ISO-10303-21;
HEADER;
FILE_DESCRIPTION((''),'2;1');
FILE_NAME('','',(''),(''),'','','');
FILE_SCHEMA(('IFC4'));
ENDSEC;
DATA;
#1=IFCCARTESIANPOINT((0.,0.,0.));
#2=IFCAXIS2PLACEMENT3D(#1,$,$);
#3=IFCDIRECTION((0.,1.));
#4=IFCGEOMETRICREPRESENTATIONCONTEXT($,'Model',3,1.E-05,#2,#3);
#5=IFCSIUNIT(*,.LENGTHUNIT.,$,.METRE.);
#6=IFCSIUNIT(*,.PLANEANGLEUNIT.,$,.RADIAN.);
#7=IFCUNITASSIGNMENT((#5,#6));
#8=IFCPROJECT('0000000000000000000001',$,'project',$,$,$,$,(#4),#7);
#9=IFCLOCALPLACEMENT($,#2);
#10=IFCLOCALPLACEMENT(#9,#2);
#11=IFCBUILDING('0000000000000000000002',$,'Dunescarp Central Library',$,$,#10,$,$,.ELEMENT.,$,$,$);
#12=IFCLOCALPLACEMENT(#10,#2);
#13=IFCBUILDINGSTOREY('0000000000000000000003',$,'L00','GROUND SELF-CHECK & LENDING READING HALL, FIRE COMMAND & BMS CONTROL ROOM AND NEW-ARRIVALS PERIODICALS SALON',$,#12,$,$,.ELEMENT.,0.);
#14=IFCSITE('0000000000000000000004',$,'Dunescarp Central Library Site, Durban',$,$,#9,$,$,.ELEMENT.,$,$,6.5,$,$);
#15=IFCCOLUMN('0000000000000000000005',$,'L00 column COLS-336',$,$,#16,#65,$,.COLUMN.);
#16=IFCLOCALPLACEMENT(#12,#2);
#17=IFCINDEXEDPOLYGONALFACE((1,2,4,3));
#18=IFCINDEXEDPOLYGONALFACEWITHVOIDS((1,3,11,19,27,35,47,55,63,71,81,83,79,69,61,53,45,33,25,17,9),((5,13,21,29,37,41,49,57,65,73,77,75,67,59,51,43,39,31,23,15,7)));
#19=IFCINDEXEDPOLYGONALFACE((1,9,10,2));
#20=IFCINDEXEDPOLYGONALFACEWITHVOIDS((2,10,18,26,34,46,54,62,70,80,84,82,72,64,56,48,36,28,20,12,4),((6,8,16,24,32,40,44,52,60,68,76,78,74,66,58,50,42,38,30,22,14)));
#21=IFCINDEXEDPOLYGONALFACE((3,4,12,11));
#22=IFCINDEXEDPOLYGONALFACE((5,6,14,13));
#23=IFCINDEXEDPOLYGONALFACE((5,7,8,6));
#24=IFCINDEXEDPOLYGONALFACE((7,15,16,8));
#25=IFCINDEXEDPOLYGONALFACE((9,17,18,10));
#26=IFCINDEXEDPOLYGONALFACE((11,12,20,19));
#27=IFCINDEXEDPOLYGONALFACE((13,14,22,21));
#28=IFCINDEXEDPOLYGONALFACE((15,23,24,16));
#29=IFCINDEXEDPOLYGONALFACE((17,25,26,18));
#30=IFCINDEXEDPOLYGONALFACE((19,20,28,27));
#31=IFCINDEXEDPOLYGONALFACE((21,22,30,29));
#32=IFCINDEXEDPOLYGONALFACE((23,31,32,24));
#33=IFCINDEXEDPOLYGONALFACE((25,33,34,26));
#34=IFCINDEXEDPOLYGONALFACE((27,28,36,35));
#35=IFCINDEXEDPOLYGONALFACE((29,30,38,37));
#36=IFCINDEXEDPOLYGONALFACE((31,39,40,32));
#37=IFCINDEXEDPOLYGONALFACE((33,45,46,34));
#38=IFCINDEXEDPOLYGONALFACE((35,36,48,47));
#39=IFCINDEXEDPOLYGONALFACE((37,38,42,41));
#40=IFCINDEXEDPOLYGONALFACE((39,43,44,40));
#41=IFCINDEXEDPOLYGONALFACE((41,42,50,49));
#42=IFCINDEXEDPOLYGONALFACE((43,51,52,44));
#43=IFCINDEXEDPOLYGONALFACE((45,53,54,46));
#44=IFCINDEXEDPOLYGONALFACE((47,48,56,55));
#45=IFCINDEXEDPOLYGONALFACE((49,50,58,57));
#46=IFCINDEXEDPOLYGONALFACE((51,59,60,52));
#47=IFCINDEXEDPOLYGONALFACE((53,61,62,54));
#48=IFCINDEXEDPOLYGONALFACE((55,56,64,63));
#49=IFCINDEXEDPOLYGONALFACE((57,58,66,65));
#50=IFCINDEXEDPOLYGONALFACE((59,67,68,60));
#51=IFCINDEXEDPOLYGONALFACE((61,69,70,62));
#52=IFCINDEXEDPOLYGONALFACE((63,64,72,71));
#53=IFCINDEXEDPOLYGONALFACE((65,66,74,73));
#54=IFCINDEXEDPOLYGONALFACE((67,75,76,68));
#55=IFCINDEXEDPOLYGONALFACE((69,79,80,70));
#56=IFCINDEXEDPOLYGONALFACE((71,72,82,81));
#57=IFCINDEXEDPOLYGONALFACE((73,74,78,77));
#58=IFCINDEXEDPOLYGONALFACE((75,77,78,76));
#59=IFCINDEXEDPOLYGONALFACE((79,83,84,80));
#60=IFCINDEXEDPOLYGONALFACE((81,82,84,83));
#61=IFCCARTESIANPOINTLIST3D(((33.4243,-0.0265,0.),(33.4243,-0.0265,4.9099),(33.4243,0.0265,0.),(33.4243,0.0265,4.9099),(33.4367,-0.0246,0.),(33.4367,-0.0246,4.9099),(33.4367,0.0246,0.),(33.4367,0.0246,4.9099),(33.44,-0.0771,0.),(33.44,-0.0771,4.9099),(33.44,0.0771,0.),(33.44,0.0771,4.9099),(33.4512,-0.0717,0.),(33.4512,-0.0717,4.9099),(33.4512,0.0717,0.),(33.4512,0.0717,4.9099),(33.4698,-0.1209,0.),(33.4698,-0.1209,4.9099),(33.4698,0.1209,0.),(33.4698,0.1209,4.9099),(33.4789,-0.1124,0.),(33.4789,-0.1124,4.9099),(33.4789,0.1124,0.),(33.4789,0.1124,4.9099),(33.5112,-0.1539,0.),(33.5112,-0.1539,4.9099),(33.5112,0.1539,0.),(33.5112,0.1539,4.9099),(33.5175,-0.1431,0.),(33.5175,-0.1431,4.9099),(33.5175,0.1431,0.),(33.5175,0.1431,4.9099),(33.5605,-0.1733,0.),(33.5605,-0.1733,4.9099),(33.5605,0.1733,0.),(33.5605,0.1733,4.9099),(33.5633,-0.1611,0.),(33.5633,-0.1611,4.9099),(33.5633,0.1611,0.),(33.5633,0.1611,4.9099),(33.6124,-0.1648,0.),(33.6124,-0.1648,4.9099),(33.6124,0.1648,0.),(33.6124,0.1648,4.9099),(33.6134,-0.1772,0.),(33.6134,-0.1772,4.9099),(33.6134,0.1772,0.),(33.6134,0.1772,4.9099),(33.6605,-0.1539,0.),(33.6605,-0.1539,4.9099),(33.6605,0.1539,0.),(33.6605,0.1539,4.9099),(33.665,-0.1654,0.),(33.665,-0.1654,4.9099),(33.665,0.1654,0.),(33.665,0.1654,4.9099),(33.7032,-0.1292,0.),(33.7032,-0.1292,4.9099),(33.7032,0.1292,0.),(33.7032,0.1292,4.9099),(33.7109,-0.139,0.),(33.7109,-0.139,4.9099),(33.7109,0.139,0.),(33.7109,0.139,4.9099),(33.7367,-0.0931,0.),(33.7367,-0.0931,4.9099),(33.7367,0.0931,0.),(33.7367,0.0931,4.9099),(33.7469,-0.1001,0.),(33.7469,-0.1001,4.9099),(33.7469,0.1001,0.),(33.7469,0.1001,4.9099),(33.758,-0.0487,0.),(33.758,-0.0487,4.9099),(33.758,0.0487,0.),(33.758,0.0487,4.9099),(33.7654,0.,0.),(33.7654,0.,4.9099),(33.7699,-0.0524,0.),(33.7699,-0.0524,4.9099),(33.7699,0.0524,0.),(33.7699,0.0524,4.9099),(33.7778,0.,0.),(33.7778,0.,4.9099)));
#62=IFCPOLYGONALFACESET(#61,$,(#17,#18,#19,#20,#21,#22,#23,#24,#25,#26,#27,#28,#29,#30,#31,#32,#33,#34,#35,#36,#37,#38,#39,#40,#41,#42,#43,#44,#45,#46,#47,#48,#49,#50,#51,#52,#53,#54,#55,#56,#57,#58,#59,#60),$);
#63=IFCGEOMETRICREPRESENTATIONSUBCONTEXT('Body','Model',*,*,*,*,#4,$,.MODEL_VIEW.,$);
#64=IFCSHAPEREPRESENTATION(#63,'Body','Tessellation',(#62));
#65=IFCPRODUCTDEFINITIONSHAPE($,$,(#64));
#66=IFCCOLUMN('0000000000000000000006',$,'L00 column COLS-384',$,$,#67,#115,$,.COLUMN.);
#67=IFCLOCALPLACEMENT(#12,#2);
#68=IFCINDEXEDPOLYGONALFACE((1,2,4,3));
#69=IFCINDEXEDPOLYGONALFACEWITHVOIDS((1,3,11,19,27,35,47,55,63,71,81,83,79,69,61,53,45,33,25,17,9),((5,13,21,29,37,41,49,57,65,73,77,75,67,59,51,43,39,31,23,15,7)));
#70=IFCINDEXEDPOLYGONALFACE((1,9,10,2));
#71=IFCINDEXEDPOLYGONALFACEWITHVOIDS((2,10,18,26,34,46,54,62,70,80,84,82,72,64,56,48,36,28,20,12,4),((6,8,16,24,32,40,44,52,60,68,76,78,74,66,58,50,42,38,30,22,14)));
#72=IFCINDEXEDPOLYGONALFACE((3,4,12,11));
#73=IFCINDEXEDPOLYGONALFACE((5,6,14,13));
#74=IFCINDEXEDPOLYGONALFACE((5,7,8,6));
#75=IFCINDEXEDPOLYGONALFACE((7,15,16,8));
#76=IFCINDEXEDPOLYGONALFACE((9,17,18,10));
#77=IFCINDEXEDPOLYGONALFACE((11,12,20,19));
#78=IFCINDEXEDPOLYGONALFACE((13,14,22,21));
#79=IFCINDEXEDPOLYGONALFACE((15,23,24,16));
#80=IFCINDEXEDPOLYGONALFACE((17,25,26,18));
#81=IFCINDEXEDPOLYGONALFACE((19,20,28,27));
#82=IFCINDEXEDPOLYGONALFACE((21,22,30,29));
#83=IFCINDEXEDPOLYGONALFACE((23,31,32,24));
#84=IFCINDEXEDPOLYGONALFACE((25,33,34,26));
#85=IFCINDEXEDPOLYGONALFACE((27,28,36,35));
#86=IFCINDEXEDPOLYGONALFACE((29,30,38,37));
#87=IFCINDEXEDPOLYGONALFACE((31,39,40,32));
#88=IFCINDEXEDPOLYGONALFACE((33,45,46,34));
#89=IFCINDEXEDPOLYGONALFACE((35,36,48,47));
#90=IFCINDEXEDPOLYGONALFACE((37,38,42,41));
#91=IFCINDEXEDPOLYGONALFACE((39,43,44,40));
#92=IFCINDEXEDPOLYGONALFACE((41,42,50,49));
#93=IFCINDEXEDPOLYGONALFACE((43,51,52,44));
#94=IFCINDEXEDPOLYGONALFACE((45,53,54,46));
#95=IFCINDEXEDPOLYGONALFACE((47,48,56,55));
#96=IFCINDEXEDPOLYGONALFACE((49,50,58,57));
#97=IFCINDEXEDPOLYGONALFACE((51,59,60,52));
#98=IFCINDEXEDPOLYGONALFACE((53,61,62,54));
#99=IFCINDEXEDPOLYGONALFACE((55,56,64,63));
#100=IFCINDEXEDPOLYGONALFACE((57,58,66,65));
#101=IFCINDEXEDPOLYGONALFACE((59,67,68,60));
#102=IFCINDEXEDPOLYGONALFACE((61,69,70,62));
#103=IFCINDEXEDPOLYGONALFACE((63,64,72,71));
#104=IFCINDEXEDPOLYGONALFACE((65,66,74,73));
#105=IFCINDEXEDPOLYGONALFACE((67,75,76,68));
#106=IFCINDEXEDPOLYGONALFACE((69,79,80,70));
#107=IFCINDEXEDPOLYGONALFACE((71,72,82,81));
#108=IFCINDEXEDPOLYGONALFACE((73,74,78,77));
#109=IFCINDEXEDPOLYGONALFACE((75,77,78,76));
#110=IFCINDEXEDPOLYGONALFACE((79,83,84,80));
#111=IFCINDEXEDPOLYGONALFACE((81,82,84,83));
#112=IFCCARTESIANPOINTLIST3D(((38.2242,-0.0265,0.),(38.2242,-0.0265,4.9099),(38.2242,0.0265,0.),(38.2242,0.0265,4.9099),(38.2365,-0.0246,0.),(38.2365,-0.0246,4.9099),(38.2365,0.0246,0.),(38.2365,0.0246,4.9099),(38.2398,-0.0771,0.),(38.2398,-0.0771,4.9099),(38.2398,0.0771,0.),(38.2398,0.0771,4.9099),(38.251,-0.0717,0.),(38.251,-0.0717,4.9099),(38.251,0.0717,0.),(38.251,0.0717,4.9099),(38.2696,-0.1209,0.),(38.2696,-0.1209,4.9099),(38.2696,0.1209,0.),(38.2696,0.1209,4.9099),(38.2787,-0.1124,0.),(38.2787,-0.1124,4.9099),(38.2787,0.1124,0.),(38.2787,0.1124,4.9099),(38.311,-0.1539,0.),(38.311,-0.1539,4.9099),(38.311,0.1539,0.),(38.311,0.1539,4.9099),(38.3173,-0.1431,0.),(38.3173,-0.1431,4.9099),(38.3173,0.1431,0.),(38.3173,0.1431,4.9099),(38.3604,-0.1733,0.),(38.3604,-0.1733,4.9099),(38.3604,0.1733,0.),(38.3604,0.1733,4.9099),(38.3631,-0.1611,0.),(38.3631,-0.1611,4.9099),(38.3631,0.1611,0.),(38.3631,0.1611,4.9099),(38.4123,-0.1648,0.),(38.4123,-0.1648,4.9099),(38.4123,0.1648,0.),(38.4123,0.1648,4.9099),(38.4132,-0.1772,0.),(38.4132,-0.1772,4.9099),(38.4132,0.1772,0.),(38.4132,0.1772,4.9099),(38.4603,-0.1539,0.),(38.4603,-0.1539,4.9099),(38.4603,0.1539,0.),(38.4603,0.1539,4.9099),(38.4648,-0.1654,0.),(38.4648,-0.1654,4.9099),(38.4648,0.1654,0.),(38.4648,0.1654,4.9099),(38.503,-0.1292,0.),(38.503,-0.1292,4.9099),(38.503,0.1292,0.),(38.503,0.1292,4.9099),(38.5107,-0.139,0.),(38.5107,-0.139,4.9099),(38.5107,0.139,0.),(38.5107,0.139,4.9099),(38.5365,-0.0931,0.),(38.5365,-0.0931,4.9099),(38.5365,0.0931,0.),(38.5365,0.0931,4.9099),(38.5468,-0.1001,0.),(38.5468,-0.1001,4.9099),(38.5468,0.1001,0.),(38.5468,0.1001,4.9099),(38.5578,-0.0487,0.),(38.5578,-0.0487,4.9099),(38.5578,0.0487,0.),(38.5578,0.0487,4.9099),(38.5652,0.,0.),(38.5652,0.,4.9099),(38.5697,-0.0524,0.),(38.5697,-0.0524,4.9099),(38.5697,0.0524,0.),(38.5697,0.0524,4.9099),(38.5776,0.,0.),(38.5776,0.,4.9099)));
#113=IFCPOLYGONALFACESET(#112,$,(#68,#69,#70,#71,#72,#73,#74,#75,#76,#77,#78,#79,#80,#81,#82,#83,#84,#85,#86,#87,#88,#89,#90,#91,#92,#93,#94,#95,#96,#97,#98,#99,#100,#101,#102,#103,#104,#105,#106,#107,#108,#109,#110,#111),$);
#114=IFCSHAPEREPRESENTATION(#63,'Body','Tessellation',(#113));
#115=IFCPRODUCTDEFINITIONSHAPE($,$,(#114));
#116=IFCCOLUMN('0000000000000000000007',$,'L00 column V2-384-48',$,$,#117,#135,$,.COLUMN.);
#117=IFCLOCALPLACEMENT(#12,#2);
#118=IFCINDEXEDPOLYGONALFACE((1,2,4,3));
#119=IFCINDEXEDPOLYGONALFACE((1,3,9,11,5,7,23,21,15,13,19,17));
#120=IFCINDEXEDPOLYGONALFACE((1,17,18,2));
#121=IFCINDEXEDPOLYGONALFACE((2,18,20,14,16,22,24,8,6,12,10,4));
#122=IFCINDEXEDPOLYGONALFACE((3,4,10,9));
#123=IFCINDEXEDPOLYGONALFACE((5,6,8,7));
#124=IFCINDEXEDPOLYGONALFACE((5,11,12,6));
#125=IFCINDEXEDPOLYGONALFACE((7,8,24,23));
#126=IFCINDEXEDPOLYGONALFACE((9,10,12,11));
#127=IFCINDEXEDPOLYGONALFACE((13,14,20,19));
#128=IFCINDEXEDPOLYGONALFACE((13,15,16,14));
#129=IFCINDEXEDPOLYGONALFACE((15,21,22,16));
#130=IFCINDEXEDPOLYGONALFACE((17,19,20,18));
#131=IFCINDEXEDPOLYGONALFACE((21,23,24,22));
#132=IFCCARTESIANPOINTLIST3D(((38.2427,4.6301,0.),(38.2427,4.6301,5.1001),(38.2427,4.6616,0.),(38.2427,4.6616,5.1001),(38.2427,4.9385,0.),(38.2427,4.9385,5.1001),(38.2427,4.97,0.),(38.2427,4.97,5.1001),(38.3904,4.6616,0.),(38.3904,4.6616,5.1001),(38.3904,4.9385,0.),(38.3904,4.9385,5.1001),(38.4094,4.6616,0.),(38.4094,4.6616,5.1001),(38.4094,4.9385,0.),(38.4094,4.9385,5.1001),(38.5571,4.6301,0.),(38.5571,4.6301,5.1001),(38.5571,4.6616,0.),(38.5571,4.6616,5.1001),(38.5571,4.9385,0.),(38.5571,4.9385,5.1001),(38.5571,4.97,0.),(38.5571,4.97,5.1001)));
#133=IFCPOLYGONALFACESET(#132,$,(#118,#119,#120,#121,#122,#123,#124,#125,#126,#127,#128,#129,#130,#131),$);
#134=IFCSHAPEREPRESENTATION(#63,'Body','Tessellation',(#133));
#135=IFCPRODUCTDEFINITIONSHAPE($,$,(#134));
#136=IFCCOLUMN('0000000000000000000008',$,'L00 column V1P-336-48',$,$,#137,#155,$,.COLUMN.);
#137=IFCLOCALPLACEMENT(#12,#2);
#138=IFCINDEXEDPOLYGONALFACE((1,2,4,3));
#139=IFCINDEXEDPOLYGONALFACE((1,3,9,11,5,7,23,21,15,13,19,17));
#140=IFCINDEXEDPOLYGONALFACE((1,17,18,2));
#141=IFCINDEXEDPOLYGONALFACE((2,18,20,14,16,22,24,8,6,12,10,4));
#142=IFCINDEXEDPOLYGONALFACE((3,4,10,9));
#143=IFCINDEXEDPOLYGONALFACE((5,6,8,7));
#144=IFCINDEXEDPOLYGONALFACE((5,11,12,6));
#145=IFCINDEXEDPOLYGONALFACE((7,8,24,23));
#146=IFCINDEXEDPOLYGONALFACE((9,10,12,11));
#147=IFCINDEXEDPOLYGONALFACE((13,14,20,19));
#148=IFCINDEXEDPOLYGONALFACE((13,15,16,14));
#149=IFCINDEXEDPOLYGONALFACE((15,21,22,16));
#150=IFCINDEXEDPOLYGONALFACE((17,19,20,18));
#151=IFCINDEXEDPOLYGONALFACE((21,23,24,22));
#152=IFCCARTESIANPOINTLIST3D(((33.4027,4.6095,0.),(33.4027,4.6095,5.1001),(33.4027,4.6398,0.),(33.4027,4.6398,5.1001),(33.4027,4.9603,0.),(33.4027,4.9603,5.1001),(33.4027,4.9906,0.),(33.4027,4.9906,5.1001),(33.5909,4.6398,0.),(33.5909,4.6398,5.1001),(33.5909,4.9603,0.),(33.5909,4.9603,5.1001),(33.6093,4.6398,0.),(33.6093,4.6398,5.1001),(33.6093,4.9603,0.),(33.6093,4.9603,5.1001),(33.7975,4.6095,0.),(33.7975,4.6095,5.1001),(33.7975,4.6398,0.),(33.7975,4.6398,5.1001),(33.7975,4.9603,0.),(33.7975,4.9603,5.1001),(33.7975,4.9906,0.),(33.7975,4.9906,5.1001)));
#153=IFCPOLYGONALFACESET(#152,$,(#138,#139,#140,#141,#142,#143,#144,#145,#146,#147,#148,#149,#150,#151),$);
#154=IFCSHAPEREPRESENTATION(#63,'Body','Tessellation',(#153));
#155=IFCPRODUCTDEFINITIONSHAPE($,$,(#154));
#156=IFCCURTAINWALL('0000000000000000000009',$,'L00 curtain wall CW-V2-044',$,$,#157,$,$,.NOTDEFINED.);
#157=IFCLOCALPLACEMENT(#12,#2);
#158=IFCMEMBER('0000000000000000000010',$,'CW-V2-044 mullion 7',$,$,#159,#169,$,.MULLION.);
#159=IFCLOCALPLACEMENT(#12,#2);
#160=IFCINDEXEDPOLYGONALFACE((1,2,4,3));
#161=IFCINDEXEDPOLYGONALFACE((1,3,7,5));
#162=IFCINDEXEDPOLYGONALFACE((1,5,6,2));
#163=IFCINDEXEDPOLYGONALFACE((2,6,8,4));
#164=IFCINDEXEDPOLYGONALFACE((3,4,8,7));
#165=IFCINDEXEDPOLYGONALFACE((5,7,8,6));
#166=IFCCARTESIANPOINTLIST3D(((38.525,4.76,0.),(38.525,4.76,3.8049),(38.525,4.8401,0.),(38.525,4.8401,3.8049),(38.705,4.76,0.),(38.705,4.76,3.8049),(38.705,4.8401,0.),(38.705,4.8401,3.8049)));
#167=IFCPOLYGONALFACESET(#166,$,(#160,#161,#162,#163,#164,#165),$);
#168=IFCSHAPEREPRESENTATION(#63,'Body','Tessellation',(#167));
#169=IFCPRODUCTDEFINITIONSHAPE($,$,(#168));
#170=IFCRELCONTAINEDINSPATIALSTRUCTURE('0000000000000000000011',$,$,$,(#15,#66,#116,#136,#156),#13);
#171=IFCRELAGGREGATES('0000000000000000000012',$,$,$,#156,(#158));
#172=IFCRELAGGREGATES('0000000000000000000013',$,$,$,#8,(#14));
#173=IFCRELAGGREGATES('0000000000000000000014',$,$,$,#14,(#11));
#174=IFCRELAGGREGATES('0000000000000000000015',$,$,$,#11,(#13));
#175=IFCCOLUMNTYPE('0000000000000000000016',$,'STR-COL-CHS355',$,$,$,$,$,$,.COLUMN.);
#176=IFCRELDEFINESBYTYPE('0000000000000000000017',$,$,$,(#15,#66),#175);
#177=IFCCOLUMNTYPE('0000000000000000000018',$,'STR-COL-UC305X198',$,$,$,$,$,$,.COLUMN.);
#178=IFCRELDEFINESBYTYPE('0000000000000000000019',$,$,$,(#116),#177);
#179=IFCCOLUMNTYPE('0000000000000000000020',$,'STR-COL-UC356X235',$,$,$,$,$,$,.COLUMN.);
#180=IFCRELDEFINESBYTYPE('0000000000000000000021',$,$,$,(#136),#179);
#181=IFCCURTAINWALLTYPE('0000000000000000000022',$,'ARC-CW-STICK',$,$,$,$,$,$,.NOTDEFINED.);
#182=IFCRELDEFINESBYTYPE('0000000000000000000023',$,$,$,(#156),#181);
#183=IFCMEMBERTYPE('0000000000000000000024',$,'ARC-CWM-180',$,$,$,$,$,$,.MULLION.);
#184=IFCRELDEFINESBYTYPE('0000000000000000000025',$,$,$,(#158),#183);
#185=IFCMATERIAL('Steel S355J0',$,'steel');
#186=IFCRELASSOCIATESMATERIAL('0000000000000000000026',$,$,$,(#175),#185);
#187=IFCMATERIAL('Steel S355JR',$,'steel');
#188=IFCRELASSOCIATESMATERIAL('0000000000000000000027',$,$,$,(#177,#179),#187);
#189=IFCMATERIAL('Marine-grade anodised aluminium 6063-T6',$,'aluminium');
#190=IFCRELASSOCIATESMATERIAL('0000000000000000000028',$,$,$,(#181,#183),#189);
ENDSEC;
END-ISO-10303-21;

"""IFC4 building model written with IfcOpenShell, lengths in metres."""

from ifc_helpers import new_model, si_unit, direction, frame, origin, origin_2d, place, context, subcontext, project, spatial, rectangle, hollow_circle, i_section, extrude, material, material_profile, profile_set, type_object, element, aggregate, save


model = new_model("IFC4")

# Units and contexts
model_context = context("Model", 3, precision=1e-05, world=origin(), true_north=direction((0.0, 1.0)))
body_context = subcontext(model_context, "Body", "Model", "MODEL_VIEW")
ifc_project = project(units=[si_unit("LENGTHUNIT", "METRE"), si_unit("PLANEANGLEUNIT", "RADIAN")], contexts=[model_context])

# Site, building, storey
site_placement = place(None, origin())
site = spatial("IfcSite", under=ifc_project, at=site_placement, Name="Dunescarp Central Library Site, Durban", CompositionType="ELEMENT", RefElevation=6.5)
building_placement = place(site_placement, origin())
building = spatial("IfcBuilding", under=site, at=building_placement, Name="Dunescarp Central Library", CompositionType="ELEMENT")
storey_placement = place(building_placement, origin())
storey = spatial("IfcBuildingStorey", under=building, at=storey_placement, Name="L00", Description="GROUND SELF-CHECK & LENDING READING HALL, FIRE COMMAND & BMS CONTROL ROOM AND NEW-ARRIVALS PERIODICALS SALON", CompositionType="ELEMENT", Elevation=0.0)

# Columns
ifc_material_1 = material(Name="Steel S355J0", Category="steel")
ifc_material_profile_1 = material_profile(ifc_material_1, hollow_circle(Radius=0.1777, WallThickness=0.0125, at=origin_2d()), Name="CHS 355.6x12.5")
ifc_profile_set_1 = profile_set([ifc_material_profile_1], Name="Steel S355J0")
column_type_1 = type_object("IfcColumnType", Name="STR-COL-CHS355", PredefinedType="COLUMN", material=ifc_profile_set_1)
for number, where, z_axis, x_axis, name in (
    (1, (33.6001, 0.0, 0.0), (0.0, 0.0, 1.0), (1.0, 0.0, 0.0), "L00 column COLS-336"),
    (2, (38.3999, 0.0, 0.0), (0.0, 0.0, 1.0), (1.0, 0.0, 0.0), "L00 column COLS-384"),
):
    element("IfcColumn", number, at=place(storey_placement, frame(where, z_axis=z_axis, x_axis=x_axis)), inside=storey, type_object=column_type_1, Name=name, PredefinedType="COLUMN", context=body_context, shape_type="SweptSolid", body=[
        extrude(hollow_circle(Radius=0.1777, WallThickness=0.0125, at=origin_2d()), origin(), (0.0, 0.0, 1.0), 4.9099),
    ])
ifc_material_2 = material(Name="Steel S355JR", Category="steel")
ifc_material_profile_2 = material_profile(ifc_material_2, i_section(OverallWidth=0.3145, OverallDepth=0.3398, WebThickness=0.019, FlangeThickness=0.0315, at=origin_2d()), Name="UC 305x305x198")
ifc_profile_set_2 = profile_set([ifc_material_profile_2], Name="Steel S355JR")
column_type_2 = type_object("IfcColumnType", Name="STR-COL-UC305X198", PredefinedType="COLUMN", material=ifc_profile_set_2)
column_1_placement = place(storey_placement, frame((38.3999, 4.8, 0.0), z_axis=(0.0, 0.0, 1.0), x_axis=(1.0, 0.0, 0.0)))
element("IfcColumn", 3, at=column_1_placement, inside=storey, type_object=column_type_2, Name="L00 column V2-384-48", PredefinedType="COLUMN", context=body_context, shape_type="SweptSolid", body=[
    extrude(i_section(OverallWidth=0.3145, OverallDepth=0.3398, WebThickness=0.019, FlangeThickness=0.0315, at=origin_2d()), origin(), (0.0, 0.0, 1.0), 5.1001),
])
ifc_material_profile_3 = material_profile(ifc_material_2, i_section(OverallWidth=0.3948, OverallDepth=0.3811, WebThickness=0.0183, FlangeThickness=0.0303, at=origin_2d()), Name="UC 356x406x235")
ifc_profile_set_3 = profile_set([ifc_material_profile_3], Name="Steel S355JR")
column_type_3 = type_object("IfcColumnType", Name="STR-COL-UC356X235", PredefinedType="COLUMN", material=ifc_profile_set_3)
column_2_placement = place(storey_placement, frame((33.6001, 4.8, 0.0), z_axis=(0.0, 0.0, 1.0), x_axis=(1.0, 0.0, 0.0)))
element("IfcColumn", 4, at=column_2_placement, inside=storey, type_object=column_type_3, Name="L00 column V1P-336-48", PredefinedType="COLUMN", context=body_context, shape_type="SweptSolid", body=[
    extrude(i_section(OverallWidth=0.3948, OverallDepth=0.3811, WebThickness=0.0183, FlangeThickness=0.0303, at=origin_2d()), origin(), (0.0, 0.0, 1.0), 5.1001),
])

# Curtain wall, member
ifc_material_3 = material(Name="Marine-grade anodised aluminium 6063-T6", Category="aluminium")
curtain_wall_type = type_object("IfcCurtainWallType", Name="ARC-CW-STICK", PredefinedType="NOTDEFINED", material=ifc_material_3)
curtain_wall_placement = place(storey_placement, origin())
curtain_wall = element("IfcCurtainWall", 5, at=curtain_wall_placement, inside=storey, type_object=curtain_wall_type, Name="L00 curtain wall CW-V2-044", PredefinedType="NOTDEFINED")
ifc_material_profile_4 = material_profile(ifc_material_3, rectangle(XDim=0.0801, YDim=0.1799, at=origin_2d()), Name="AL 80x180")
ifc_profile_set_4 = profile_set([ifc_material_profile_4], Name="Marine-grade anodised aluminium 6063-T6")
member_type_1 = type_object("IfcMemberType", Name="ARC-CWM-180", PredefinedType="MULLION", material=ifc_profile_set_4)
member_1_placement = place(storey_placement, frame((38.615, 4.8, 0.0), z_axis=(0.0, 0.0, 1.0), x_axis=(0.0, -1.0, 0.0)))
member_1 = element("IfcMember", 6, at=member_1_placement, type_object=member_type_1, Name="CW-V2-044 mullion 7", PredefinedType="MULLION", context=body_context, shape_type="SweptSolid", body=[
    extrude(rectangle(XDim=0.0801, YDim=0.1799, at=origin_2d()), origin(), (0.0, 0.0, 1.0), 3.8049),
])

aggregate(curtain_wall, [member_1])

save(model, "model.ifc")
